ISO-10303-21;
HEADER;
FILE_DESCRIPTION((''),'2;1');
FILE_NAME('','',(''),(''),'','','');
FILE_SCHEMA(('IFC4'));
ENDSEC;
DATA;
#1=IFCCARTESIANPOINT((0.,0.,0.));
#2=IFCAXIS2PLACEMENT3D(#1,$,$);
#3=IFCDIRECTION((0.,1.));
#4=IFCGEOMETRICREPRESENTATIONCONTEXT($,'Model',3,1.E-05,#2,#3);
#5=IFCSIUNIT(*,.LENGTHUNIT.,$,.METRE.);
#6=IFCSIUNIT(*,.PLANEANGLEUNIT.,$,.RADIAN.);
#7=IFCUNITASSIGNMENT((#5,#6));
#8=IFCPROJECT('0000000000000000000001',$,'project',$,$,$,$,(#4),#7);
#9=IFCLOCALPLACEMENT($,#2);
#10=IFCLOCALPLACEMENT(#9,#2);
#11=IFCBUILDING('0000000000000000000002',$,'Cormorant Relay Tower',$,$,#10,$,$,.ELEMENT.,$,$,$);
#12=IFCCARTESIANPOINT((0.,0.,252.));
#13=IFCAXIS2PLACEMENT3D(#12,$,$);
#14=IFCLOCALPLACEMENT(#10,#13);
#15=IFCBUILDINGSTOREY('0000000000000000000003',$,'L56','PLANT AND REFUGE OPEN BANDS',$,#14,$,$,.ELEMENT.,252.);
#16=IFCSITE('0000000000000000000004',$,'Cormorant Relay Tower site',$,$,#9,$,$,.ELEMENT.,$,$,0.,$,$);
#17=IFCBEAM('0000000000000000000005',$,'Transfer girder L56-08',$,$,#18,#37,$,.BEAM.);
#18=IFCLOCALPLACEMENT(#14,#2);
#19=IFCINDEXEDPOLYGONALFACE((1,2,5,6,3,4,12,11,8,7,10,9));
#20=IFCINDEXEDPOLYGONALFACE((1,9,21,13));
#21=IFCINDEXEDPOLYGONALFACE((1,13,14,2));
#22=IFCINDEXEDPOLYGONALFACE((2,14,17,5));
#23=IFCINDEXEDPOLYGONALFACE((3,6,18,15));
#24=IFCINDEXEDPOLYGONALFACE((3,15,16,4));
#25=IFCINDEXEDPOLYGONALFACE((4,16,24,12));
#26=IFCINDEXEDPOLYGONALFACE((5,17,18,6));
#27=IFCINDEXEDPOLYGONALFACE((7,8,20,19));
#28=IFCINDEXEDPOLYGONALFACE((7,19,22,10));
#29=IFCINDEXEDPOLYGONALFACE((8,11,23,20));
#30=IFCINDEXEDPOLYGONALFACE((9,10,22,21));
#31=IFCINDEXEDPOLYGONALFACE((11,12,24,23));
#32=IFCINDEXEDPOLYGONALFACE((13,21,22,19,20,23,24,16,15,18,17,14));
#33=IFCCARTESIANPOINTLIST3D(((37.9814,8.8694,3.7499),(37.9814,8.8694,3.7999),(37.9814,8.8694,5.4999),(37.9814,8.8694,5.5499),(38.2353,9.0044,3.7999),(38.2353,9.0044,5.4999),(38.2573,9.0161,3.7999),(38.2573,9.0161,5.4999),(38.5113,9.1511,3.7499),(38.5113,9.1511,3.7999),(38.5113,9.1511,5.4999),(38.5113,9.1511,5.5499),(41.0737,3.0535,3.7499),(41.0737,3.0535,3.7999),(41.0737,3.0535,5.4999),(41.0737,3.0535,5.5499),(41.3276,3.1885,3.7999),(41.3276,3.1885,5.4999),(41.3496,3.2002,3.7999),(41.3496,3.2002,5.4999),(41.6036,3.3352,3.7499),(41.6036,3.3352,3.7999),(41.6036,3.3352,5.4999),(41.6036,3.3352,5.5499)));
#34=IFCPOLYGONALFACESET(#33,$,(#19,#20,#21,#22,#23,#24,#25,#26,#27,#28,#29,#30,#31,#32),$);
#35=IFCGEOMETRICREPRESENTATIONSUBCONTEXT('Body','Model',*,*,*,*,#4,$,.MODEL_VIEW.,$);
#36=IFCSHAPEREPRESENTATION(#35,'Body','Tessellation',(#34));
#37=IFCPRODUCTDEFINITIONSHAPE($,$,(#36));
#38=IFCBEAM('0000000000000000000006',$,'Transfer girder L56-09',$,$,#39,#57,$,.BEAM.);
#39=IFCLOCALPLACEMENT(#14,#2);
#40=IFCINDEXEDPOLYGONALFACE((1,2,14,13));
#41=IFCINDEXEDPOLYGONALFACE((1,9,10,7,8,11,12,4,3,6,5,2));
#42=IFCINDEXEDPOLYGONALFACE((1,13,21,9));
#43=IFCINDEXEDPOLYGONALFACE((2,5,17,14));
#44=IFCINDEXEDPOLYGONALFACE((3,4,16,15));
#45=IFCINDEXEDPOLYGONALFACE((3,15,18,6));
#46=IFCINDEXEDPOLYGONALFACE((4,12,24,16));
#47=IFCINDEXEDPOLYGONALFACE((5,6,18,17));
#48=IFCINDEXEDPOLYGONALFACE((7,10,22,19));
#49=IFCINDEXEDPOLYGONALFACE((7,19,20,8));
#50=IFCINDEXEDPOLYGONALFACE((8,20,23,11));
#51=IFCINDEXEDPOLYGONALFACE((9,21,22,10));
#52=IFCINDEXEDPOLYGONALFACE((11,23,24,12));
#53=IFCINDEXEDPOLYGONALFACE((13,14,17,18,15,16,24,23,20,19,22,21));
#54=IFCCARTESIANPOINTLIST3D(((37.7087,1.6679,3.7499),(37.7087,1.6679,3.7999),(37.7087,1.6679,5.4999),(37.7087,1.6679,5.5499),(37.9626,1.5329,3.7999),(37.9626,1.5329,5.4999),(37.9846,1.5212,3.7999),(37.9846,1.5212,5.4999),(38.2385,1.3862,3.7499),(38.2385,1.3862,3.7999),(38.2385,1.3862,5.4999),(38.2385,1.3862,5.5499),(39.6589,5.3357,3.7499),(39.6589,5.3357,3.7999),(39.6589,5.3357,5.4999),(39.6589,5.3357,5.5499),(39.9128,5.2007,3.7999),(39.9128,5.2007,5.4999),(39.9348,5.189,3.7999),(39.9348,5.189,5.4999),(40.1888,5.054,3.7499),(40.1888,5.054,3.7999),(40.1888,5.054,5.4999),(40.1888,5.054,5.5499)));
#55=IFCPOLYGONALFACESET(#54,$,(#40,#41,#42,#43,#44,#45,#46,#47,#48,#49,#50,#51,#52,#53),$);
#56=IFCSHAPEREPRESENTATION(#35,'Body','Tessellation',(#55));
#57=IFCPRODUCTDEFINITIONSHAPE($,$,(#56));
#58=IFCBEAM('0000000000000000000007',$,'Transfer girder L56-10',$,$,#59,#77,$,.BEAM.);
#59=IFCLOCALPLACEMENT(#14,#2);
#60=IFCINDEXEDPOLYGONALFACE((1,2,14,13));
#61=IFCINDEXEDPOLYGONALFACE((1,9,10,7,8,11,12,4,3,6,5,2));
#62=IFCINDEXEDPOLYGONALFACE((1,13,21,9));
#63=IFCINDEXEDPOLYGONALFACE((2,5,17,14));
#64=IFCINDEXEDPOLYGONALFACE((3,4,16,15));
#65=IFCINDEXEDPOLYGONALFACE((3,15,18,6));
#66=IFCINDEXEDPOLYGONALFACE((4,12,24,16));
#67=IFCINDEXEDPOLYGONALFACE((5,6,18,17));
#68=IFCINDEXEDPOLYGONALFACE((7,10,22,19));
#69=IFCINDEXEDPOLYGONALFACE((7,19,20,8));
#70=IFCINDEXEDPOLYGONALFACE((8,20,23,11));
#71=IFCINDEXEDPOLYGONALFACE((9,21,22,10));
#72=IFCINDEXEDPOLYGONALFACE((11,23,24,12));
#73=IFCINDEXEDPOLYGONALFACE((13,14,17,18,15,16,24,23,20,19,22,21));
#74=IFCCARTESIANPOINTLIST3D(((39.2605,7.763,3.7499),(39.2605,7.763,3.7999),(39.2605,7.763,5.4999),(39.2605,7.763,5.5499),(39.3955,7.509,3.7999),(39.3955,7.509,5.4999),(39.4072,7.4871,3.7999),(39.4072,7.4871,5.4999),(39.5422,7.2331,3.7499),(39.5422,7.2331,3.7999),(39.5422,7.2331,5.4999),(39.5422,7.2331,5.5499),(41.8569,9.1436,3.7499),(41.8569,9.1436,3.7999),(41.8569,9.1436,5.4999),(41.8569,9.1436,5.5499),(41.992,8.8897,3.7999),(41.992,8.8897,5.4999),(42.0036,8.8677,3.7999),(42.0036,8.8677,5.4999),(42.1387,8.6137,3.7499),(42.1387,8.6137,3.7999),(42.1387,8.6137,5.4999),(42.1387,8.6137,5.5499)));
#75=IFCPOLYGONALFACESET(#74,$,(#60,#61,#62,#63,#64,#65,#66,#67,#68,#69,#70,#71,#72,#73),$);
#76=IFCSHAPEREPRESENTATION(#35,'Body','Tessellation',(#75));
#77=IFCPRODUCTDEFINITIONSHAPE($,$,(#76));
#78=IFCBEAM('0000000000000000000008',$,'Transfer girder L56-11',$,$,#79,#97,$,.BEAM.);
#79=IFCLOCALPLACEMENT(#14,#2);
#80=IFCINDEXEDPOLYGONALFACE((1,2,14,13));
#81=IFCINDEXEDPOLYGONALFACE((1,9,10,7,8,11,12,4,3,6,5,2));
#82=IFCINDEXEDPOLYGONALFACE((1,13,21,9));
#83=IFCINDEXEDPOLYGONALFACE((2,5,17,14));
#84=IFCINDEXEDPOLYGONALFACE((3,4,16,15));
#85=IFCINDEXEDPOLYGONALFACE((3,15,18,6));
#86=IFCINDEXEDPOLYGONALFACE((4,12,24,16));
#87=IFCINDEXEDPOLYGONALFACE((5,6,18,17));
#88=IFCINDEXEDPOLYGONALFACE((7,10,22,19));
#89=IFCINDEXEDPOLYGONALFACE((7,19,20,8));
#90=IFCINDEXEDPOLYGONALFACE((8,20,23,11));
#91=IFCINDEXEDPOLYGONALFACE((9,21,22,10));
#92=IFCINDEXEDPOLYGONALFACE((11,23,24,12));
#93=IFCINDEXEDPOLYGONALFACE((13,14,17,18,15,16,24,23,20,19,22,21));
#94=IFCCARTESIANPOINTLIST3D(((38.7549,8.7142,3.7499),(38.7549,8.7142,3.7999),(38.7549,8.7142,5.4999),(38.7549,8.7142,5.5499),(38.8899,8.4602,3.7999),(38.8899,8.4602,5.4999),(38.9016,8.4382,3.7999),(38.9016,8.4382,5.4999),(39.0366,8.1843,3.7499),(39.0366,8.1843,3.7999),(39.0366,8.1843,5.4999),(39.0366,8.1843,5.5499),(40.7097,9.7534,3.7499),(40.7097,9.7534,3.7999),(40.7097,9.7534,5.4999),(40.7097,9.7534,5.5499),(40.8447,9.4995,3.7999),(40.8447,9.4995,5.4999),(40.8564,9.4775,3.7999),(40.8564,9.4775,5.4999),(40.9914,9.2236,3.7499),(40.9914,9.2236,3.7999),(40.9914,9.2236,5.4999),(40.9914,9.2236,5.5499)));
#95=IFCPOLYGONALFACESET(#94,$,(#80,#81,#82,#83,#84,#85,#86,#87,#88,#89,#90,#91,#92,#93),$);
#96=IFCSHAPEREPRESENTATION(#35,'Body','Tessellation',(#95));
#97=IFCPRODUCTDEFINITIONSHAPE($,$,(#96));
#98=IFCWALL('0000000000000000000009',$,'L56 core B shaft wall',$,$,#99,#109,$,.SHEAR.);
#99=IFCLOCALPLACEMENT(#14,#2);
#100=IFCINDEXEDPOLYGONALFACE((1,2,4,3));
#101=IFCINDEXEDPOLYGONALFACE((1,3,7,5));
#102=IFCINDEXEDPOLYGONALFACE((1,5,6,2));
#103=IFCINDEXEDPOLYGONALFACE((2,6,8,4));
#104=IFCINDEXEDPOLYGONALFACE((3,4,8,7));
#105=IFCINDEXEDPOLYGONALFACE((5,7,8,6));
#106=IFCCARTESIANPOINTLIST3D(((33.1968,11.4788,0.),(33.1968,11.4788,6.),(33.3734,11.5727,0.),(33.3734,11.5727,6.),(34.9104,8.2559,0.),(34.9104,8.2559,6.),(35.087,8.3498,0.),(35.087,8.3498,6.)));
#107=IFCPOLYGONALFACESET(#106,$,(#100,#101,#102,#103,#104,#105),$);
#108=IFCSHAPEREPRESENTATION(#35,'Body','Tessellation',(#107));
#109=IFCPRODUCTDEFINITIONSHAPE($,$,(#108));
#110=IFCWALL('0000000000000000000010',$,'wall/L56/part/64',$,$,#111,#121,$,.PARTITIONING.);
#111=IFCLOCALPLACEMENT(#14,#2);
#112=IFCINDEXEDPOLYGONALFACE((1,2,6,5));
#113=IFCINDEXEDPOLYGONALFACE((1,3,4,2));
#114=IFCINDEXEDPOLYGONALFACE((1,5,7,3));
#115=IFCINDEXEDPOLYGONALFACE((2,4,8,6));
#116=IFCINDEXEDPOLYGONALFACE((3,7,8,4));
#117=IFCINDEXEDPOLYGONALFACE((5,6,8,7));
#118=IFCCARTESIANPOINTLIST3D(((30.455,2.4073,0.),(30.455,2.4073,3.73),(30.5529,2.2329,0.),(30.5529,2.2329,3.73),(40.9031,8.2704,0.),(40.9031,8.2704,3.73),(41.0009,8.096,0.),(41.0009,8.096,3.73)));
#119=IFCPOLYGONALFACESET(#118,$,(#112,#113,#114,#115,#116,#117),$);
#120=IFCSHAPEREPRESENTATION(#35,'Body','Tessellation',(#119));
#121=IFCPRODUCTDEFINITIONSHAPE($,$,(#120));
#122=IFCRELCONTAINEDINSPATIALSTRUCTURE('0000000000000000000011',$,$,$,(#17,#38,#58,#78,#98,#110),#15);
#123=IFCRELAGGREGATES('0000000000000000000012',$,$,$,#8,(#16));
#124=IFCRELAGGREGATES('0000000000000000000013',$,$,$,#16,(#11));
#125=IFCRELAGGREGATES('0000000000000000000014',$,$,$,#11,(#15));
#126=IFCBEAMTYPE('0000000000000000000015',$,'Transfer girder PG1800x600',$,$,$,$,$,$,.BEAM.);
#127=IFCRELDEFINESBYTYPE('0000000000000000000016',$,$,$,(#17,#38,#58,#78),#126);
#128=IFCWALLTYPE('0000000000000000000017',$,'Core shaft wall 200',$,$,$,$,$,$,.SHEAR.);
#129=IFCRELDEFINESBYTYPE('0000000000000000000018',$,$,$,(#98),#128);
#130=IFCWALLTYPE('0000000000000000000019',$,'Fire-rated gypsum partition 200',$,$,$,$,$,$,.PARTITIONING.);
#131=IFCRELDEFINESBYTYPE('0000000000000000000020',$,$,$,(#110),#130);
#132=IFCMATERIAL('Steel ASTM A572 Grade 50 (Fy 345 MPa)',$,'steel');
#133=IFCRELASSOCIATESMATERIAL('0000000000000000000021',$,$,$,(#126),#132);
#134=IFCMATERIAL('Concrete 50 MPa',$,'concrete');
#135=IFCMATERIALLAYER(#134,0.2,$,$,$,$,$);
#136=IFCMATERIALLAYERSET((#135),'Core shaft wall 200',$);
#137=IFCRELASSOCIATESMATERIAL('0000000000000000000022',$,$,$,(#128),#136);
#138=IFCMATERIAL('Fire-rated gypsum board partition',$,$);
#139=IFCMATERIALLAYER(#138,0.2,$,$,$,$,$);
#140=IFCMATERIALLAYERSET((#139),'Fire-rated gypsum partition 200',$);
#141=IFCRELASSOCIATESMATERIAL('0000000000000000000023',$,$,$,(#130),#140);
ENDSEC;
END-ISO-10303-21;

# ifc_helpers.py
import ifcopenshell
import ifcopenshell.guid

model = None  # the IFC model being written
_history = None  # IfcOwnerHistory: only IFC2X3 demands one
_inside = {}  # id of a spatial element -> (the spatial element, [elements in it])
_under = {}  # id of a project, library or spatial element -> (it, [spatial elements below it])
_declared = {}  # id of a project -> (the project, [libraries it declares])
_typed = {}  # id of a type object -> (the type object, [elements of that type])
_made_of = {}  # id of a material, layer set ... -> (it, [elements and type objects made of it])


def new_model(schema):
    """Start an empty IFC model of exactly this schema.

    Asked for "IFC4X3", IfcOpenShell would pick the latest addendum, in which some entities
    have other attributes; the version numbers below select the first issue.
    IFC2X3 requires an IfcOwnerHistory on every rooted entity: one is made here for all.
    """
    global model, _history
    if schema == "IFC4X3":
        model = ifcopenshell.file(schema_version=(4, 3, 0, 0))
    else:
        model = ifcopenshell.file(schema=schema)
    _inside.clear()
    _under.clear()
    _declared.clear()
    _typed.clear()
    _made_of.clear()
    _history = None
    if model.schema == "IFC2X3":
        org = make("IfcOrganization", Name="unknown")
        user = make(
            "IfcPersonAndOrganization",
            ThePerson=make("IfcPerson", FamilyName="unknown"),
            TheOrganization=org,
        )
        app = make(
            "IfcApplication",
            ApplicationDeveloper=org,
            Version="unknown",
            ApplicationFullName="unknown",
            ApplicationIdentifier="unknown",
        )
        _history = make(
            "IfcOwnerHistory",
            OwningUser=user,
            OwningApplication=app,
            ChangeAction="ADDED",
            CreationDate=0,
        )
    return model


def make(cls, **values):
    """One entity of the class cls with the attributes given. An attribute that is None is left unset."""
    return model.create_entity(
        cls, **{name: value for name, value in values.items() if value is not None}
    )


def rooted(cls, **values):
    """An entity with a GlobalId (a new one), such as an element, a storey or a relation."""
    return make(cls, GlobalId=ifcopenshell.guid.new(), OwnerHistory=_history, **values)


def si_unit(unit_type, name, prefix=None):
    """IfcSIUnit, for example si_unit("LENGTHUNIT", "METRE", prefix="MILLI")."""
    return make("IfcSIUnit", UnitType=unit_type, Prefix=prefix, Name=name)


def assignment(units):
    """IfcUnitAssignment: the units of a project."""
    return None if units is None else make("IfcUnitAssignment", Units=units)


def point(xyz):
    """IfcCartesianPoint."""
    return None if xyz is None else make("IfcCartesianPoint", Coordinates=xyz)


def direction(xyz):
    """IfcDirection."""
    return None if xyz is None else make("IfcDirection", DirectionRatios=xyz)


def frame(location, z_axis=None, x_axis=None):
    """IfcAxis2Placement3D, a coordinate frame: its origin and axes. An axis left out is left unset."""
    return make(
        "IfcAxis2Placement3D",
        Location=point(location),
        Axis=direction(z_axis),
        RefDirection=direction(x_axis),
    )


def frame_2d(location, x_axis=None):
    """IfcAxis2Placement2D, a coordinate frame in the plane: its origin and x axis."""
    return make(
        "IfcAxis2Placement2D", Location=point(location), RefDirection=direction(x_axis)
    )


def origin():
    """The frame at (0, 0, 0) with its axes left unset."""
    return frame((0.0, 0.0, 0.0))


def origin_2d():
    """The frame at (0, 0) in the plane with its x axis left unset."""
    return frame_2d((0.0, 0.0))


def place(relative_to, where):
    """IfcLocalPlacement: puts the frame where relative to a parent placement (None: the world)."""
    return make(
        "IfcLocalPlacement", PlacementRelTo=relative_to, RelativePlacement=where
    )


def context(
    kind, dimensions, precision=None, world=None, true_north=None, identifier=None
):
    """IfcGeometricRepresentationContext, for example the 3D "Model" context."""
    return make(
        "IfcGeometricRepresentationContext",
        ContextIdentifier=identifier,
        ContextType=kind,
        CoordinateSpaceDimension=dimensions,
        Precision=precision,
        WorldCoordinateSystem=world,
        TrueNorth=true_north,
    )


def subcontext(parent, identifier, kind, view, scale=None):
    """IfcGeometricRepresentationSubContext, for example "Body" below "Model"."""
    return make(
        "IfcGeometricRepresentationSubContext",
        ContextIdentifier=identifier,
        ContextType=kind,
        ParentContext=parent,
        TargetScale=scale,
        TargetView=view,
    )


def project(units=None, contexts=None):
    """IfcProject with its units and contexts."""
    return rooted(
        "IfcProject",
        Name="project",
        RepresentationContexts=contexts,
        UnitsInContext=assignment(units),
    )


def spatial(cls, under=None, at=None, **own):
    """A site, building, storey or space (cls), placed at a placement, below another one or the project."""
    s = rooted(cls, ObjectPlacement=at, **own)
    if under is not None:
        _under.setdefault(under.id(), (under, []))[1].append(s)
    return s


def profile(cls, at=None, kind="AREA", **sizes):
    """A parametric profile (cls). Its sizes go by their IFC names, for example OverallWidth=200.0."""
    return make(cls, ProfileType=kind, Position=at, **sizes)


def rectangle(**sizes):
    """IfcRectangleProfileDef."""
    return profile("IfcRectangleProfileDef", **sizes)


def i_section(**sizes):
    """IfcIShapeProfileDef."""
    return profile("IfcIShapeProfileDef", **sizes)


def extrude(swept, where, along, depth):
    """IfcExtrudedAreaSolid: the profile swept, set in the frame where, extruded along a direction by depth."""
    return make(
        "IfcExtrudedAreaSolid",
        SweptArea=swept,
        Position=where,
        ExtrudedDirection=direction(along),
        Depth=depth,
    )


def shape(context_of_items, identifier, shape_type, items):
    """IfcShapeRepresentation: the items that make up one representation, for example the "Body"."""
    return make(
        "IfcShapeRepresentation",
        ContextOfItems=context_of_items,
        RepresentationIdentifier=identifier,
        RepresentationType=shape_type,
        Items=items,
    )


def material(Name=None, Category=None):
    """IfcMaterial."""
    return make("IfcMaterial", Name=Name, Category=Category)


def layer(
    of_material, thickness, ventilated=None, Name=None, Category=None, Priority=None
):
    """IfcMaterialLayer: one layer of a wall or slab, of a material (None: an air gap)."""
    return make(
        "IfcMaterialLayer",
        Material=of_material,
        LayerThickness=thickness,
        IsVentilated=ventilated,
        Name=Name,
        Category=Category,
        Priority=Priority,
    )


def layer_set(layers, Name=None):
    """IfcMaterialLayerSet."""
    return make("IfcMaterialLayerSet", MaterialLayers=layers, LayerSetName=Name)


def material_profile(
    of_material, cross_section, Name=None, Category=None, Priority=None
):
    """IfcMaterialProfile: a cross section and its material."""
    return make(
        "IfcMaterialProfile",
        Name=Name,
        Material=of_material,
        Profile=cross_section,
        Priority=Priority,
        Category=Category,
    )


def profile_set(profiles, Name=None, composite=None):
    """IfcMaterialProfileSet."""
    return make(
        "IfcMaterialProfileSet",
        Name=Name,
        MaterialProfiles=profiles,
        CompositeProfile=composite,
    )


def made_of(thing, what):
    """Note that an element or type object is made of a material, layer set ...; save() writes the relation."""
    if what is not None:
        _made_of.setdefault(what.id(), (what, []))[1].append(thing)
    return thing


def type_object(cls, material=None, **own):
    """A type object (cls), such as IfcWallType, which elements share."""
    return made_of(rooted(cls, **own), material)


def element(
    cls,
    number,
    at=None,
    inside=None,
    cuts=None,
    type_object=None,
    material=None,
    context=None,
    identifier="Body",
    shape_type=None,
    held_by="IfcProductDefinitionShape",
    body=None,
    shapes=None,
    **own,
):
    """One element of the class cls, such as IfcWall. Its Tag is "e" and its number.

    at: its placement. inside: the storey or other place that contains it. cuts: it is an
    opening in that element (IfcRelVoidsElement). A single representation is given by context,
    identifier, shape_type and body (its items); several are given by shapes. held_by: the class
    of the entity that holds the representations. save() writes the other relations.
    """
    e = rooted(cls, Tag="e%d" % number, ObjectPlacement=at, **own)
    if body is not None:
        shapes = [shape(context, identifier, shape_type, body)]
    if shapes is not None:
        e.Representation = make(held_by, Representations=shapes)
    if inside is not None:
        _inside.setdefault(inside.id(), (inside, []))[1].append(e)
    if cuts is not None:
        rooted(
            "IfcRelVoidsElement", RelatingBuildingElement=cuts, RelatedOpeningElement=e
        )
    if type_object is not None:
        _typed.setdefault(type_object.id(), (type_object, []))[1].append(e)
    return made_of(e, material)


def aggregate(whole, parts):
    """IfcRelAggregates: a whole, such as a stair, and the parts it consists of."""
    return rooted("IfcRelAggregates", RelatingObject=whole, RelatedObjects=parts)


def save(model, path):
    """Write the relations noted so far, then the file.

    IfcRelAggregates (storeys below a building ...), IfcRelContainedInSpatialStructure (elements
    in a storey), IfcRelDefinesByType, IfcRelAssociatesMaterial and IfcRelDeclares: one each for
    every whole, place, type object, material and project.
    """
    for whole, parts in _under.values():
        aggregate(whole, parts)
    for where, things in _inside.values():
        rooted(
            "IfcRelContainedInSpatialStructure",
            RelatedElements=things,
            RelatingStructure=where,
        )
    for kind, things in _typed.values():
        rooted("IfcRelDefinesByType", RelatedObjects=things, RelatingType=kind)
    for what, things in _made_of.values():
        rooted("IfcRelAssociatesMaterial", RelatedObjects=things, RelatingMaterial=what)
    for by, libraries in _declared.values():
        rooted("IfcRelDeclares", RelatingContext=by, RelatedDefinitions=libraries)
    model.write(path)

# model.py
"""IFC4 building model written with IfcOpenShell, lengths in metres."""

from ifc_helpers import new_model, si_unit, direction, frame, frame_2d, origin, origin_2d, place, context, subcontext, project, spatial, rectangle, i_section, extrude, material, layer, layer_set, material_profile, profile_set, type_object, element, save


model = new_model("IFC4")

# Units and contexts
model_context = context("Model", 3, precision=1e-05, world=origin(), true_north=direction((0.0, 1.0)))
body_context = subcontext(model_context, "Body", "Model", "MODEL_VIEW")
ifc_project = project(units=[si_unit("LENGTHUNIT", "METRE"), si_unit("PLANEANGLEUNIT", "RADIAN")], contexts=[model_context])

# Site, building, storey
site_placement = place(None, origin())
site = spatial("IfcSite", under=ifc_project, at=site_placement, Name="Cormorant Relay Tower site", CompositionType="ELEMENT", RefElevation=0.0)
building_placement = place(site_placement, origin())
building = spatial("IfcBuilding", under=site, at=building_placement, Name="Cormorant Relay Tower", CompositionType="ELEMENT")
storey_placement = place(building_placement, frame((0.0, 0.0, 252.0)))
storey = spatial("IfcBuildingStorey", under=building, at=storey_placement, Name="L56", Description="PLANT AND REFUGE OPEN BANDS", CompositionType="ELEMENT", Elevation=252.0)

# Beams
ifc_material_1 = material(Name="Steel ASTM A572 Grade 50 (Fy 345 MPa)", Category="steel")
ifc_material_profile_1 = material_profile(ifc_material_1, i_section(OverallWidth=0.6001, OverallDepth=1.8, WebThickness=0.0249, FlangeThickness=0.05, at=origin_2d()), Name="PG1800x600")
ifc_profile_set_1 = profile_set([ifc_material_profile_1], Name="Steel ASTM A572 Grade 50 (Fy 345 MPa)")
beam_type_1 = type_object("IfcBeamType", Name="Transfer girder PG1800x600", PredefinedType="BEAM", material=ifc_profile_set_1)
beam_1_placement = place(storey_placement, frame((41.3386, 3.1943, 4.6499), z_axis=(-0.469461, 0.882953, 0.0), x_axis=(-0.882953, -0.469461, 0.0)))
element("IfcBeam", 1, at=beam_1_placement, inside=storey, type_object=beam_type_1, Name="Transfer girder L56-08", PredefinedType="BEAM", context=body_context, shape_type="SweptSolid", body=[
    extrude(i_section(OverallWidth=0.6001, OverallDepth=1.8, WebThickness=0.0249, FlangeThickness=0.05, at=origin_2d()), origin(), (0.0, 0.0, 1.0), 6.5869),
])
beam_2_placement = place(storey_placement, frame((39.9238, 5.1948, 4.6499), z_axis=(-0.469477, -0.882944, 0.0), x_axis=(0.882944, -0.469477, 0.0)))
element("IfcBeam", 2, at=beam_2_placement, inside=storey, type_object=beam_type_1, Name="Transfer girder L56-09", PredefinedType="BEAM", context=body_context, shape_type="SweptSolid", body=[
    extrude(i_section(OverallWidth=0.6001, OverallDepth=1.8, WebThickness=0.0249, FlangeThickness=0.05, at=origin_2d()), origin(), (0.0, 0.0, 1.0), 4.1541),
])
beam_3_placement = place(storey_placement, frame((39.4014, 7.498, 4.6499), z_axis=(0.882938, 0.469489, 0.0), x_axis=(-0.469489, 0.882938, 0.0)))
element("IfcBeam", 3, at=beam_3_placement, inside=storey, type_object=beam_type_1, Name="Transfer girder L56-10", PredefinedType="BEAM", context=body_context, shape_type="SweptSolid", body=[
    extrude(i_section(OverallWidth=0.6001, OverallDepth=1.8, WebThickness=0.0249, FlangeThickness=0.05, at=origin_2d()), origin(), (0.0, 0.0, 1.0), 2.9407),
])
beam_4_placement = place(storey_placement, frame((38.8958, 8.4492, 4.6499), z_axis=(0.882966, 0.469437, 0.0), x_axis=(-0.469437, 0.882966, 0.0)))
element("IfcBeam", 4, at=beam_4_placement, inside=storey, type_object=beam_type_1, Name="Transfer girder L56-11", PredefinedType="BEAM", context=body_context, shape_type="SweptSolid", body=[
    extrude(i_section(OverallWidth=0.6001, OverallDepth=1.8, WebThickness=0.0249, FlangeThickness=0.05, at=origin_2d()), origin(), (0.0, 0.0, 1.0), 2.2139),
])

# Wall
ifc_material_2 = material(Name="Concrete 50 MPa", Category="concrete")
ifc_layer_1 = layer(ifc_material_2, 0.2)
ifc_layer_set_1 = layer_set([ifc_layer_1], Name="Core shaft wall 200")
wall_type_1 = type_object("IfcWallType", Name="Core shaft wall 200", PredefinedType="SHEAR", material=ifc_layer_set_1)
wall_1_placement = place(storey_placement, frame((34.9988, 8.3027, 0.0), z_axis=(0.0, 0.0, 1.0), x_axis=(-0.469467, 0.88295, 0.0)))
element("IfcWall", 5, at=wall_1_placement, inside=storey, type_object=wall_type_1, Name="L56 core B shaft wall", PredefinedType="SHEAR", context=body_context, shape_type="SweptSolid", body=[
    extrude(rectangle(XDim=3.6501, YDim=0.2, at=frame_2d((1.8252, 0.0))), origin(), (0.0, 0.0, 1.0), 6.0),
])

# Wall
ifc_material_3 = material(Name="Fire-rated gypsum board partition")
ifc_layer_2 = layer(ifc_material_3, 0.2)
ifc_layer_set_2 = layer_set([ifc_layer_2], Name="Fire-rated gypsum partition 200")
wall_type_2 = type_object("IfcWallType", Name="Fire-rated gypsum partition 200", PredefinedType="PARTITIONING", material=ifc_layer_set_2)
wall_2_placement = place(storey_placement, frame((40.9519, 8.1831, 0.0), z_axis=(0.0, 0.0, 1.0), x_axis=(-0.872073, -0.489376, 0.0)))
element("IfcWall", 6, at=wall_2_placement, inside=storey, type_object=wall_type_2, Name="wall/L56/part/64", PredefinedType="PARTITIONING", context=body_context, shape_type="SweptSolid", body=[
    extrude(rectangle(XDim=11.9807, YDim=0.2, at=frame_2d((5.9902, 0.0))), origin(), (0.0, 0.0, 1.0), 3.73),
])

save(model, "model.ifc")
